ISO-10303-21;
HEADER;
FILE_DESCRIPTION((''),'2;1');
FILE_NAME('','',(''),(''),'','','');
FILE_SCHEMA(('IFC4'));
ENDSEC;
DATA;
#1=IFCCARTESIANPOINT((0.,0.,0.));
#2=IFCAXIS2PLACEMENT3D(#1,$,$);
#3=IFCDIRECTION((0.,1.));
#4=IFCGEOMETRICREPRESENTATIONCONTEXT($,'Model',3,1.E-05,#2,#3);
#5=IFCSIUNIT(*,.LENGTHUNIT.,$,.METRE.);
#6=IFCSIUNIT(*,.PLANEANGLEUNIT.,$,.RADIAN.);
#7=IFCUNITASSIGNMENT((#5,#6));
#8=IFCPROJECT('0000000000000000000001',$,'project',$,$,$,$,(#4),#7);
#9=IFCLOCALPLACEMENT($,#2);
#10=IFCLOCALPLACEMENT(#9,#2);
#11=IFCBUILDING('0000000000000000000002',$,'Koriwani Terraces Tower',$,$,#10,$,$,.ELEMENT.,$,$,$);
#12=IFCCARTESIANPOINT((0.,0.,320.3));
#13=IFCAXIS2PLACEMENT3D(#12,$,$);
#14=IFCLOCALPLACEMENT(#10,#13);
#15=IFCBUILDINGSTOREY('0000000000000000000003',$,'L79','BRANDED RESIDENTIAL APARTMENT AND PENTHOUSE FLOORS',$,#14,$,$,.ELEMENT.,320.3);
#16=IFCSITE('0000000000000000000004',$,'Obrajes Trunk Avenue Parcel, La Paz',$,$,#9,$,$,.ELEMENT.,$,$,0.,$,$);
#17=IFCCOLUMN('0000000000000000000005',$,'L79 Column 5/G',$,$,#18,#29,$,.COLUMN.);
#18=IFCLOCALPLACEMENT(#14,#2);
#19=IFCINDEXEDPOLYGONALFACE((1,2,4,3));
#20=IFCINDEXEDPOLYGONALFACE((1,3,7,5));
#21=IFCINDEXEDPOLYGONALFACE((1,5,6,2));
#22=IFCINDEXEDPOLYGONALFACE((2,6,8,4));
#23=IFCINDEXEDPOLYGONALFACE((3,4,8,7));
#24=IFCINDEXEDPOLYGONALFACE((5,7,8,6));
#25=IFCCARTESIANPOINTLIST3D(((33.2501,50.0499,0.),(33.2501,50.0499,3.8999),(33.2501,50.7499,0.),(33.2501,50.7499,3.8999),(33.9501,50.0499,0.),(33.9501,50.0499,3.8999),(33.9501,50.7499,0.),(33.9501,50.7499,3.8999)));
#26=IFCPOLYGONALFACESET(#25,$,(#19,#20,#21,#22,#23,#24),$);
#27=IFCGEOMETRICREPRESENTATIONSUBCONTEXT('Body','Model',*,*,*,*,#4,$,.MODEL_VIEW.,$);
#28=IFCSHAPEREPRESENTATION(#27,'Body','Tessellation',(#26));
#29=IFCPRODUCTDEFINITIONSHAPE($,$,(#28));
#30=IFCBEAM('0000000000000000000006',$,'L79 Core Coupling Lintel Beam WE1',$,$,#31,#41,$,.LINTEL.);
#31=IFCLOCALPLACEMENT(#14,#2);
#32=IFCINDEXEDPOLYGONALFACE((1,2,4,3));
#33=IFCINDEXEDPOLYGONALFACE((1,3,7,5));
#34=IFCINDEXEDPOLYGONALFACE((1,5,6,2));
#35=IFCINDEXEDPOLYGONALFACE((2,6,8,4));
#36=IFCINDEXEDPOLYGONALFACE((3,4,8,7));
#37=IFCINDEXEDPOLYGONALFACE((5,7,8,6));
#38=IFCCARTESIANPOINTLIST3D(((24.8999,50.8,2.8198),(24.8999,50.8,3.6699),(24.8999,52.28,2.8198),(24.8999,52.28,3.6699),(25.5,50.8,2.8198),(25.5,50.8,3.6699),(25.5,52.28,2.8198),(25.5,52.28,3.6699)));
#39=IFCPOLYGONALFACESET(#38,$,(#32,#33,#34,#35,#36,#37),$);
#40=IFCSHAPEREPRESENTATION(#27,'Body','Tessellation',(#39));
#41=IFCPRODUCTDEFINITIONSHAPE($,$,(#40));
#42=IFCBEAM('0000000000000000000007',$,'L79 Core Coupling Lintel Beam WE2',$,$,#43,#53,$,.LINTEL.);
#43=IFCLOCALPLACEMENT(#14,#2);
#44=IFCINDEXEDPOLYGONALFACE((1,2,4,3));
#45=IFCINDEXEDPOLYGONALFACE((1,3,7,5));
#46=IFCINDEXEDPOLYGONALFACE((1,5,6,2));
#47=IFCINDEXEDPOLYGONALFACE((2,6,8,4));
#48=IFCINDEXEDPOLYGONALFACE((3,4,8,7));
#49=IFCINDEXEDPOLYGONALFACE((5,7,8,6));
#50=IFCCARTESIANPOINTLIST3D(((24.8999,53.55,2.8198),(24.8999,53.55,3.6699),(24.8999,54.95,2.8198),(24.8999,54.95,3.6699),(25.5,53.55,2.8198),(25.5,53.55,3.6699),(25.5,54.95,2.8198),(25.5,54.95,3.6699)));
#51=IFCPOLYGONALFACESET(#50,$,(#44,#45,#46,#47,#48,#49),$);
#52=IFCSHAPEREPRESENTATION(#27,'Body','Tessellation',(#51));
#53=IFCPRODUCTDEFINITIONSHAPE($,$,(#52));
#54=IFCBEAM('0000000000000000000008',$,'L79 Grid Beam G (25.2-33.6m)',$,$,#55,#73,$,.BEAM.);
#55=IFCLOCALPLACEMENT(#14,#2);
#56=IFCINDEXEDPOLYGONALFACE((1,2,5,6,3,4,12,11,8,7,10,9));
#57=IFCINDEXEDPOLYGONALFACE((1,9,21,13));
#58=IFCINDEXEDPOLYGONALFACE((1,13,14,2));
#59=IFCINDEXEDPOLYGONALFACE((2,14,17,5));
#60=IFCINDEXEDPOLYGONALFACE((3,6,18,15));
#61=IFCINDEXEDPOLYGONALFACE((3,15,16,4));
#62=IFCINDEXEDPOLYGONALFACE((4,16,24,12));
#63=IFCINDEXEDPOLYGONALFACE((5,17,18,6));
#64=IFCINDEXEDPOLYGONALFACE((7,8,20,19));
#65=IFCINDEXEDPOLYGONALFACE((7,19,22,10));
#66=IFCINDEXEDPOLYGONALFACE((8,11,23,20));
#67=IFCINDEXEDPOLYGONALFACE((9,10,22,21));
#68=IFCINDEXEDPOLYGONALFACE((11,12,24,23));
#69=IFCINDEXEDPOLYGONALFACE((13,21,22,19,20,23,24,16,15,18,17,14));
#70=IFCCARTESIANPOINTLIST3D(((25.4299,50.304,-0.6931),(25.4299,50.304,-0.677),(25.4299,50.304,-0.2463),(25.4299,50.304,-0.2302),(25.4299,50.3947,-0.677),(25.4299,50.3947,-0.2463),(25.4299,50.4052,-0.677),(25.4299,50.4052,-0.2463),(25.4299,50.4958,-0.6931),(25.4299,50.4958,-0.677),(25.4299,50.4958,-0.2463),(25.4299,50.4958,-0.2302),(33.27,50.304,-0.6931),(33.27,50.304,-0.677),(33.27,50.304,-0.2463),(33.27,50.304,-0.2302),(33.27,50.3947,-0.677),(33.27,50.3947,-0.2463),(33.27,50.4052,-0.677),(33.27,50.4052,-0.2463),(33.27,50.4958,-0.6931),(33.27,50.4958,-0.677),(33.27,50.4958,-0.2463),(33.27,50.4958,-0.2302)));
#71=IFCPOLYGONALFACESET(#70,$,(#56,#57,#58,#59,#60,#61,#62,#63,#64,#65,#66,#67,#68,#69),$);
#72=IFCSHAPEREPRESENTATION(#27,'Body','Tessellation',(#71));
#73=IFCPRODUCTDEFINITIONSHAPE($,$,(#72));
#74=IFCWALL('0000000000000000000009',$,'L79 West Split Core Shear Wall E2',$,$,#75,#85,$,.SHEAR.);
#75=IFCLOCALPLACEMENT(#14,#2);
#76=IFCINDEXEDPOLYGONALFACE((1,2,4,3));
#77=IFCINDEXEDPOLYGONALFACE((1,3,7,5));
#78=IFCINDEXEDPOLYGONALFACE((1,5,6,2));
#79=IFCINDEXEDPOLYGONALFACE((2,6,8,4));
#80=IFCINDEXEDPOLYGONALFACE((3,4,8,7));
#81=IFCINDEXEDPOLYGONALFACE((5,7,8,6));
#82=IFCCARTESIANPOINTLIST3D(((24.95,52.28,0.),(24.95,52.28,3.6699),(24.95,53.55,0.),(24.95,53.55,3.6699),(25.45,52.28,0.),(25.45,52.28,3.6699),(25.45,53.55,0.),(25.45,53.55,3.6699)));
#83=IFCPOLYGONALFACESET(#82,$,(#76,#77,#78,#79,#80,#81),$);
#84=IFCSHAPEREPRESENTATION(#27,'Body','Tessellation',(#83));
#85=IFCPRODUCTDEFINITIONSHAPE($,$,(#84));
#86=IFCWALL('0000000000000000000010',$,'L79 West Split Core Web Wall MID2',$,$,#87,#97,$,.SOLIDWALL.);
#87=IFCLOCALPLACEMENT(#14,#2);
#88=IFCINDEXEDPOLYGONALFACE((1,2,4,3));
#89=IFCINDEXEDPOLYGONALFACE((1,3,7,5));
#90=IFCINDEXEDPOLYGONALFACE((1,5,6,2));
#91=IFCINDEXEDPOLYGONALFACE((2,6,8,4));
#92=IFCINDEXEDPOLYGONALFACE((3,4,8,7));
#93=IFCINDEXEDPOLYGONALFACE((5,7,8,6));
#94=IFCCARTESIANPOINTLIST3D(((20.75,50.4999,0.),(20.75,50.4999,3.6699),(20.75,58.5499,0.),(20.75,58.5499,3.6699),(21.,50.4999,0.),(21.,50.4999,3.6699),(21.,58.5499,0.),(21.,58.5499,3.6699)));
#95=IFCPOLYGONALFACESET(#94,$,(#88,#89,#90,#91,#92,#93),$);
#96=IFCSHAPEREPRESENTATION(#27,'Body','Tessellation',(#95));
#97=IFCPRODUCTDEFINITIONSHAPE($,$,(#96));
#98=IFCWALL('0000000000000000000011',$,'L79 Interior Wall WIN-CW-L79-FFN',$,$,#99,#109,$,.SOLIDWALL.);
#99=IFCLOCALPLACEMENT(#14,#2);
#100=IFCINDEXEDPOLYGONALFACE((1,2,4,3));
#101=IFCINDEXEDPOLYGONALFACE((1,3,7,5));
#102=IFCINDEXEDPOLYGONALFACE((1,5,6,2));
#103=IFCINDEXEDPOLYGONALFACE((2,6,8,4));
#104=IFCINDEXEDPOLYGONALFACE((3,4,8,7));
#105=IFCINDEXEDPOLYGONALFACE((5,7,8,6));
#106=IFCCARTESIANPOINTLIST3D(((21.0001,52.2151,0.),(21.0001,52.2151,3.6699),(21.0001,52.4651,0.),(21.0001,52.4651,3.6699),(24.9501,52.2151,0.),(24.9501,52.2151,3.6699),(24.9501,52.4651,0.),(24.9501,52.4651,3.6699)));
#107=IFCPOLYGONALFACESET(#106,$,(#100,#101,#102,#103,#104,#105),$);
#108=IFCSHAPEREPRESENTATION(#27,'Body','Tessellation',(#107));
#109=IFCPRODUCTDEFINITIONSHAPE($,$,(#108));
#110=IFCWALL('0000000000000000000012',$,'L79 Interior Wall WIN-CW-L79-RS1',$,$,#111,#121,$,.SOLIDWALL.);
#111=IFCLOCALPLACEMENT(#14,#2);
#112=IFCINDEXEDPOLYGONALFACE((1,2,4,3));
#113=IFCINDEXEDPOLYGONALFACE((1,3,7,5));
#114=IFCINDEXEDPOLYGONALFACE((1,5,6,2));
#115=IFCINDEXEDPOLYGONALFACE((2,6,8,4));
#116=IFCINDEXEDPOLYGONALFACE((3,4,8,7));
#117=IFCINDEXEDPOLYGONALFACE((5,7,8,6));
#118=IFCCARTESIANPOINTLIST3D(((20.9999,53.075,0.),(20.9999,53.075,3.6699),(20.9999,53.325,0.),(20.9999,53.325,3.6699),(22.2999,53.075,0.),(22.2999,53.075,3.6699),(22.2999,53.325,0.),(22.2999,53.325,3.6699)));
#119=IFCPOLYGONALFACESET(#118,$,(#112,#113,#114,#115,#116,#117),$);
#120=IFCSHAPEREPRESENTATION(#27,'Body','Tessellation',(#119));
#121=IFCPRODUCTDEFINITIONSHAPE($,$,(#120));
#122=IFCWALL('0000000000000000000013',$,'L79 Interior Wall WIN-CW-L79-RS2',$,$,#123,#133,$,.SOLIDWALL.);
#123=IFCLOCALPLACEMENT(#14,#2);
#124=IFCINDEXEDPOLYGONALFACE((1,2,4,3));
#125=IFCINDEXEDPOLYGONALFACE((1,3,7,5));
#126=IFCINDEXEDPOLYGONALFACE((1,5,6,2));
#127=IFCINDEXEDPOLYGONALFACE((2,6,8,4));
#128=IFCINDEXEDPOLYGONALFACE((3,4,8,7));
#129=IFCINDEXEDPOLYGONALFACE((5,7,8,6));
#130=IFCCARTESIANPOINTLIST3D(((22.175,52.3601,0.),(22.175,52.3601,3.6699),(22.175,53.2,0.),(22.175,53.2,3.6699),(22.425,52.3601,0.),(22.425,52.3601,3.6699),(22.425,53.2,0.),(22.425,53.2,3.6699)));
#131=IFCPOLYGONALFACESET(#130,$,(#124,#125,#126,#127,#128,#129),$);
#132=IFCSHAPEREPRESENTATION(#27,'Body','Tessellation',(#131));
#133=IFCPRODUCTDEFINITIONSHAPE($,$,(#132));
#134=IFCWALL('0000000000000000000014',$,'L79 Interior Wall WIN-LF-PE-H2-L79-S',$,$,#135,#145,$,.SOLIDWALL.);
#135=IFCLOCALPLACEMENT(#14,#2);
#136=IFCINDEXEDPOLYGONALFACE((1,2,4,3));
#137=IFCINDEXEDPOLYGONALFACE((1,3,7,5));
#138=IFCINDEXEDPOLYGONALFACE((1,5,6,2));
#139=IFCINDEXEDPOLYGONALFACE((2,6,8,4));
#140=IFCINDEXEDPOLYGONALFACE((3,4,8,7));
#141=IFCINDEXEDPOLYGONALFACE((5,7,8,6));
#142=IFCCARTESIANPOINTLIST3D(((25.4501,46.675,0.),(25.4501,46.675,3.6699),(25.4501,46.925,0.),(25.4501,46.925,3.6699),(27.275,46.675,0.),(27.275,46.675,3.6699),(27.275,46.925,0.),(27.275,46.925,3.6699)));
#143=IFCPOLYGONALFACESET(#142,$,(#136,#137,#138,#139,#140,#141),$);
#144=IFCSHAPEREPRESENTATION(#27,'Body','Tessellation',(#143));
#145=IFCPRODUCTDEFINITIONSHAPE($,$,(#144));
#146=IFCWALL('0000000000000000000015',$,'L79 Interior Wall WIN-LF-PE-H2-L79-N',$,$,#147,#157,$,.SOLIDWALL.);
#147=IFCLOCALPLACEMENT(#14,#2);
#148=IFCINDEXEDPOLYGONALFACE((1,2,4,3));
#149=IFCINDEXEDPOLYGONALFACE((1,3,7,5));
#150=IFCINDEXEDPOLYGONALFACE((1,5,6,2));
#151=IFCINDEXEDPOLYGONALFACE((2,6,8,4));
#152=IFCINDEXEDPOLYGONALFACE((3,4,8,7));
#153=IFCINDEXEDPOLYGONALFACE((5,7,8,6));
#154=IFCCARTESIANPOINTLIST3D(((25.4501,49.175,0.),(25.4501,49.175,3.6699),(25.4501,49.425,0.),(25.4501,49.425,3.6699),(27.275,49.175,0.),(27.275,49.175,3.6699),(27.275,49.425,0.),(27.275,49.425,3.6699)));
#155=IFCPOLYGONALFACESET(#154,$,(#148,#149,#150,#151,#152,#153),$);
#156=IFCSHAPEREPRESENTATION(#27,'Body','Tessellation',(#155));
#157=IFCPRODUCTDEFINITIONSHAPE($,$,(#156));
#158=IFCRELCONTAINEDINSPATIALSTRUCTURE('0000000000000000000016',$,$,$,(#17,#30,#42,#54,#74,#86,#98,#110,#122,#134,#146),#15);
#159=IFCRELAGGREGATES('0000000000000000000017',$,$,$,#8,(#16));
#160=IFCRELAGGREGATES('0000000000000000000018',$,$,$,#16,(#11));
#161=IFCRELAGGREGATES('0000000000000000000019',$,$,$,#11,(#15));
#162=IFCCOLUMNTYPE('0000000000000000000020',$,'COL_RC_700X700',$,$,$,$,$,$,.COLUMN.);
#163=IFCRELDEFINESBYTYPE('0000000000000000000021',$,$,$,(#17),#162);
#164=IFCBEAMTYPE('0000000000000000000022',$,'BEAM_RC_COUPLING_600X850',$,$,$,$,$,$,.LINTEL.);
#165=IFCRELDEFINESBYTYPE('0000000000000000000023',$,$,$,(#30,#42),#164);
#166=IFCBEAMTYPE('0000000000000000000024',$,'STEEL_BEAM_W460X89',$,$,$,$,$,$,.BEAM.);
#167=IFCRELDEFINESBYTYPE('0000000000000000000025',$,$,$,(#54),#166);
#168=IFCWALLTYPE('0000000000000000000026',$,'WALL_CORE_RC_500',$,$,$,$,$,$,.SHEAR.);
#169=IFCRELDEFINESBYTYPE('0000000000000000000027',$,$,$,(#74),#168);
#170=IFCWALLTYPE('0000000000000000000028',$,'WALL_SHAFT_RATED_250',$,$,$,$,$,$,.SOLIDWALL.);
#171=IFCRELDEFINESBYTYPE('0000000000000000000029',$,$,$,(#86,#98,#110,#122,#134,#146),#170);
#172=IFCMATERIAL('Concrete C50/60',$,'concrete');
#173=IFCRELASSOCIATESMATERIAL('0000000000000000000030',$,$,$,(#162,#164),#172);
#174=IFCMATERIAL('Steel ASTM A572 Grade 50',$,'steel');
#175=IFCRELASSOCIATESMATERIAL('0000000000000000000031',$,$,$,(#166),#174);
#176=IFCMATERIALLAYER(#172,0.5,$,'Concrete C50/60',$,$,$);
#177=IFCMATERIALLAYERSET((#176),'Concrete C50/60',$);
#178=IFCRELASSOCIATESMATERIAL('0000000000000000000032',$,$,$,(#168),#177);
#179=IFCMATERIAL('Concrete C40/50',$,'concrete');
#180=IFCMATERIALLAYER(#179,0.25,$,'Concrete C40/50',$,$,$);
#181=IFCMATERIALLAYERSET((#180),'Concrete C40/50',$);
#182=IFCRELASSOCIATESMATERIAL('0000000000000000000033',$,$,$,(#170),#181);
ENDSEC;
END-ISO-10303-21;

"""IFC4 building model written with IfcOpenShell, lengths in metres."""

from ifc_helpers import new_model, si_unit, direction, frame, frame_2d, origin, origin_2d, place, context, subcontext, project, spatial, rectangle, i_section, extrude, material, layer, layer_set, material_profile, profile_set, type_object, element, save


model = new_model("IFC4")

# Units and contexts
model_context = context("Model", 3, precision=1e-05, world=origin(), true_north=direction((0.0, 1.0)))
body_context = subcontext(model_context, "Body", "Model", "MODEL_VIEW")
ifc_project = project(units=[si_unit("LENGTHUNIT", "METRE"), si_unit("PLANEANGLEUNIT", "RADIAN")], contexts=[model_context])

# Site, building, storey
site_placement = place(None, origin())
site = spatial("IfcSite", under=ifc_project, at=site_placement, Name="Obrajes Trunk Avenue Parcel, La Paz", CompositionType="ELEMENT", RefElevation=0.0)
building_placement = place(site_placement, origin())
building = spatial("IfcBuilding", under=site, at=building_placement, Name="Koriwani Terraces Tower", CompositionType="ELEMENT")
storey_placement = place(building_placement, frame((0.0, 0.0, 320.3)))
storey = spatial("IfcBuildingStorey", under=building, at=storey_placement, Name="L79", Description="BRANDED RESIDENTIAL APARTMENT AND PENTHOUSE FLOORS", CompositionType="ELEMENT", Elevation=320.3)

# Column
ifc_material_1 = material(Name="Concrete C50/60", Category="concrete")
ifc_material_profile_1 = material_profile(ifc_material_1, rectangle(XDim=0.7, YDim=0.7, at=origin_2d()), Name="Concrete C50/60", Category="LoadBearing")
ifc_profile_set_1 = profile_set([ifc_material_profile_1], Name="Concrete C50/60")
column_type = type_object("IfcColumnType", Name="COL_RC_700X700", PredefinedType="COLUMN", material=ifc_profile_set_1)
column_placement = place(storey_placement, frame((33.6001, 50.3999, 0.0), z_axis=(0.0, 0.0, 1.0), x_axis=(1.0, 0.0, 0.0)))
element("IfcColumn", 1, at=column_placement, inside=storey, type_object=column_type, Name="L79 Column 5/G", PredefinedType="COLUMN", context=body_context, shape_type="SweptSolid", body=[
    extrude(rectangle(XDim=0.7, YDim=0.7, at=origin_2d()), origin(), (0.0, 0.0, 1.0), 3.8999),
])

# Beams
ifc_material_profile_2 = material_profile(ifc_material_1, rectangle(XDim=0.6001, YDim=0.8501, at=origin_2d()), Name="Concrete C50/60", Category="LoadBearing")
ifc_profile_set_2 = profile_set([ifc_material_profile_2], Name="Concrete C50/60")
beam_type_1 = type_object("IfcBeamType", Name="BEAM_RC_COUPLING_600X850", PredefinedType="LINTEL", material=ifc_profile_set_2)
beam_1_placement = place(storey_placement, frame((25.2, 50.8, 3.2449), z_axis=(0.0, 1.0, 0.0), x_axis=(-1.0, 0.0, 0.0)))
element("IfcBeam", 2, at=beam_1_placement, inside=storey, type_object=beam_type_1, Name="L79 Core Coupling Lintel Beam WE1", PredefinedType="LINTEL", context=body_context, shape_type="SweptSolid", body=[
    extrude(rectangle(XDim=0.6001, YDim=0.8501, at=origin_2d()), origin(), (0.0, 0.0, 1.0), 1.48),
])
beam_2_placement = place(storey_placement, frame((25.2, 53.55, 3.2449), z_axis=(0.0, 1.0, 0.0), x_axis=(-1.0, 0.0, 0.0)))
element("IfcBeam", 3, at=beam_2_placement, inside=storey, type_object=beam_type_1, Name="L79 Core Coupling Lintel Beam WE2", PredefinedType="LINTEL", context=body_context, shape_type="SweptSolid", body=[
    extrude(rectangle(XDim=0.6001, YDim=0.8501, at=origin_2d()), origin(), (0.0, 0.0, 1.0), 1.3999),
])
ifc_material_2 = material(Name="Steel ASTM A572 Grade 50", Category="steel")
ifc_material_profile_3 = material_profile(ifc_material_2, i_section(OverallWidth=0.1919, OverallDepth=0.4629, WebThickness=0.0105, FlangeThickness=0.0161, at=origin_2d()), Name="Steel ASTM A572 Grade 50", Category="LoadBearing")
ifc_profile_set_3 = profile_set([ifc_material_profile_3], Name="Steel ASTM A572 Grade 50")
beam_type_2 = type_object("IfcBeamType", Name="STEEL_BEAM_W460X89", PredefinedType="BEAM", material=ifc_profile_set_3)
beam_3_placement = place(storey_placement, frame((25.4299, 50.3999, -0.4617), z_axis=(1.0, 0.0, 0.0), x_axis=(0.0, 1.0, 0.0)))
element("IfcBeam", 4, at=beam_3_placement, inside=storey, type_object=beam_type_2, Name="L79 Grid Beam G (25.2-33.6m)", PredefinedType="BEAM", context=body_context, shape_type="SweptSolid", body=[
    extrude(i_section(OverallWidth=0.1919, OverallDepth=0.4629, WebThickness=0.0105, FlangeThickness=0.0161, at=origin_2d()), origin(), (0.0, 0.0, 1.0), 7.8401),
])

# Walls
ifc_layer_1 = layer(ifc_material_1, 0.5, Name="Concrete C50/60")
ifc_layer_set_1 = layer_set([ifc_layer_1], Name="Concrete C50/60")
wall_type_1 = type_object("IfcWallType", Name="WALL_CORE_RC_500", PredefinedType="SHEAR", material=ifc_layer_set_1)
wall_1_placement = place(storey_placement, frame((25.2, 52.28, 0.0), z_axis=(0.0, 0.0, 1.0), x_axis=(0.0, 1.0, 0.0)))
element("IfcWall", 5, at=wall_1_placement, inside=storey, type_object=wall_type_1, Name="L79 West Split Core Shear Wall E2", PredefinedType="SHEAR", context=body_context, shape_type="SweptSolid", body=[
    extrude(rectangle(XDim=1.27, YDim=0.5, at=frame_2d((0.635, 0.0))), origin(), (0.0, 0.0, 1.0), 3.6699),
])
ifc_material_3 = material(Name="Concrete C40/50", Category="concrete")
ifc_layer_2 = layer(ifc_material_3, 0.25, Name="Concrete C40/50")
ifc_layer_set_2 = layer_set([ifc_layer_2], Name="Concrete C40/50")
wall_type_2 = type_object("IfcWallType", Name="WALL_SHAFT_RATED_250", PredefinedType="SOLIDWALL", material=ifc_layer_set_2)
wall_2_placement = place(storey_placement, frame((20.875, 50.5, 0.0), z_axis=(0.0, 0.0, 1.0), x_axis=(0.0, 1.0, 0.0)))
element("IfcWall", 6, at=wall_2_placement, inside=storey, type_object=wall_type_2, Name="L79 West Split Core Web Wall MID2", PredefinedType="SOLIDWALL", context=body_context, shape_type="SweptSolid", body=[
    extrude(rectangle(XDim=8.05, YDim=0.25, at=frame_2d((4.0249, 0.0))), origin(), (0.0, 0.0, 1.0), 3.6699),
])

# Wall
wall_3_placement = place(storey_placement, frame((21.0, 52.3401, 0.0), z_axis=(0.0, 0.0, 1.0), x_axis=(1.0, 0.0, 0.0)))
element("IfcWall", 7, at=wall_3_placement, inside=storey, type_object=wall_type_2, Name="L79 Interior Wall WIN-CW-L79-FFN", PredefinedType="SOLIDWALL", context=body_context, shape_type="SweptSolid", body=[
    extrude(rectangle(XDim=3.95, YDim=0.25, at=frame_2d((1.9751, 0.0))), origin(), (0.0, 0.0, 1.0), 3.6699),
])

# Walls
wall_4_placement = place(storey_placement, frame((21.0, 53.2, 0.0), z_axis=(0.0, 0.0, 1.0), x_axis=(1.0, 0.0, 0.0)))
element("IfcWall", 8, at=wall_4_placement, inside=storey, type_object=wall_type_2, Name="L79 Interior Wall WIN-CW-L79-RS1", PredefinedType="SOLIDWALL", context=body_context, shape_type="SweptSolid", body=[
    extrude(rectangle(XDim=1.3, YDim=0.25, at=frame_2d((0.6499, 0.0))), origin(), (0.0, 0.0, 1.0), 3.6699),
])
wall_5_placement = place(storey_placement, frame((22.3, 52.3601, 0.0), z_axis=(0.0, 0.0, 1.0), x_axis=(0.0, 1.0, 0.0)))
element("IfcWall", 9, at=wall_5_placement, inside=storey, type_object=wall_type_2, Name="L79 Interior Wall WIN-CW-L79-RS2", PredefinedType="SOLIDWALL", context=body_context, shape_type="SweptSolid", body=[
    extrude(rectangle(XDim=0.8398, YDim=0.25, at=frame_2d((0.4199, 0.0))), origin(), (0.0, 0.0, 1.0), 3.6699),
])

# Walls
for number, where, z_axis, x_axis, name in (
    (10, (25.45, 46.8, 0.0), (0.0, 0.0, 1.0), (1.0, 0.0, 0.0), "L79 Interior Wall WIN-LF-PE-H2-L79-S"),
    (11, (25.45, 49.3, 0.0), (0.0, 0.0, 1.0), (1.0, 0.0, 0.0), "L79 Interior Wall WIN-LF-PE-H2-L79-N"),
):
    element("IfcWall", number, at=place(storey_placement, frame(where, z_axis=z_axis, x_axis=x_axis)), inside=storey, type_object=wall_type_2, Name=name, PredefinedType="SOLIDWALL", context=body_context, shape_type="SweptSolid", body=[
        extrude(rectangle(XDim=1.825, YDim=0.25, at=frame_2d((0.9126, 0.0))), origin(), (0.0, 0.0, 1.0), 3.6699),
    ])

save(model, "model.ifc")
